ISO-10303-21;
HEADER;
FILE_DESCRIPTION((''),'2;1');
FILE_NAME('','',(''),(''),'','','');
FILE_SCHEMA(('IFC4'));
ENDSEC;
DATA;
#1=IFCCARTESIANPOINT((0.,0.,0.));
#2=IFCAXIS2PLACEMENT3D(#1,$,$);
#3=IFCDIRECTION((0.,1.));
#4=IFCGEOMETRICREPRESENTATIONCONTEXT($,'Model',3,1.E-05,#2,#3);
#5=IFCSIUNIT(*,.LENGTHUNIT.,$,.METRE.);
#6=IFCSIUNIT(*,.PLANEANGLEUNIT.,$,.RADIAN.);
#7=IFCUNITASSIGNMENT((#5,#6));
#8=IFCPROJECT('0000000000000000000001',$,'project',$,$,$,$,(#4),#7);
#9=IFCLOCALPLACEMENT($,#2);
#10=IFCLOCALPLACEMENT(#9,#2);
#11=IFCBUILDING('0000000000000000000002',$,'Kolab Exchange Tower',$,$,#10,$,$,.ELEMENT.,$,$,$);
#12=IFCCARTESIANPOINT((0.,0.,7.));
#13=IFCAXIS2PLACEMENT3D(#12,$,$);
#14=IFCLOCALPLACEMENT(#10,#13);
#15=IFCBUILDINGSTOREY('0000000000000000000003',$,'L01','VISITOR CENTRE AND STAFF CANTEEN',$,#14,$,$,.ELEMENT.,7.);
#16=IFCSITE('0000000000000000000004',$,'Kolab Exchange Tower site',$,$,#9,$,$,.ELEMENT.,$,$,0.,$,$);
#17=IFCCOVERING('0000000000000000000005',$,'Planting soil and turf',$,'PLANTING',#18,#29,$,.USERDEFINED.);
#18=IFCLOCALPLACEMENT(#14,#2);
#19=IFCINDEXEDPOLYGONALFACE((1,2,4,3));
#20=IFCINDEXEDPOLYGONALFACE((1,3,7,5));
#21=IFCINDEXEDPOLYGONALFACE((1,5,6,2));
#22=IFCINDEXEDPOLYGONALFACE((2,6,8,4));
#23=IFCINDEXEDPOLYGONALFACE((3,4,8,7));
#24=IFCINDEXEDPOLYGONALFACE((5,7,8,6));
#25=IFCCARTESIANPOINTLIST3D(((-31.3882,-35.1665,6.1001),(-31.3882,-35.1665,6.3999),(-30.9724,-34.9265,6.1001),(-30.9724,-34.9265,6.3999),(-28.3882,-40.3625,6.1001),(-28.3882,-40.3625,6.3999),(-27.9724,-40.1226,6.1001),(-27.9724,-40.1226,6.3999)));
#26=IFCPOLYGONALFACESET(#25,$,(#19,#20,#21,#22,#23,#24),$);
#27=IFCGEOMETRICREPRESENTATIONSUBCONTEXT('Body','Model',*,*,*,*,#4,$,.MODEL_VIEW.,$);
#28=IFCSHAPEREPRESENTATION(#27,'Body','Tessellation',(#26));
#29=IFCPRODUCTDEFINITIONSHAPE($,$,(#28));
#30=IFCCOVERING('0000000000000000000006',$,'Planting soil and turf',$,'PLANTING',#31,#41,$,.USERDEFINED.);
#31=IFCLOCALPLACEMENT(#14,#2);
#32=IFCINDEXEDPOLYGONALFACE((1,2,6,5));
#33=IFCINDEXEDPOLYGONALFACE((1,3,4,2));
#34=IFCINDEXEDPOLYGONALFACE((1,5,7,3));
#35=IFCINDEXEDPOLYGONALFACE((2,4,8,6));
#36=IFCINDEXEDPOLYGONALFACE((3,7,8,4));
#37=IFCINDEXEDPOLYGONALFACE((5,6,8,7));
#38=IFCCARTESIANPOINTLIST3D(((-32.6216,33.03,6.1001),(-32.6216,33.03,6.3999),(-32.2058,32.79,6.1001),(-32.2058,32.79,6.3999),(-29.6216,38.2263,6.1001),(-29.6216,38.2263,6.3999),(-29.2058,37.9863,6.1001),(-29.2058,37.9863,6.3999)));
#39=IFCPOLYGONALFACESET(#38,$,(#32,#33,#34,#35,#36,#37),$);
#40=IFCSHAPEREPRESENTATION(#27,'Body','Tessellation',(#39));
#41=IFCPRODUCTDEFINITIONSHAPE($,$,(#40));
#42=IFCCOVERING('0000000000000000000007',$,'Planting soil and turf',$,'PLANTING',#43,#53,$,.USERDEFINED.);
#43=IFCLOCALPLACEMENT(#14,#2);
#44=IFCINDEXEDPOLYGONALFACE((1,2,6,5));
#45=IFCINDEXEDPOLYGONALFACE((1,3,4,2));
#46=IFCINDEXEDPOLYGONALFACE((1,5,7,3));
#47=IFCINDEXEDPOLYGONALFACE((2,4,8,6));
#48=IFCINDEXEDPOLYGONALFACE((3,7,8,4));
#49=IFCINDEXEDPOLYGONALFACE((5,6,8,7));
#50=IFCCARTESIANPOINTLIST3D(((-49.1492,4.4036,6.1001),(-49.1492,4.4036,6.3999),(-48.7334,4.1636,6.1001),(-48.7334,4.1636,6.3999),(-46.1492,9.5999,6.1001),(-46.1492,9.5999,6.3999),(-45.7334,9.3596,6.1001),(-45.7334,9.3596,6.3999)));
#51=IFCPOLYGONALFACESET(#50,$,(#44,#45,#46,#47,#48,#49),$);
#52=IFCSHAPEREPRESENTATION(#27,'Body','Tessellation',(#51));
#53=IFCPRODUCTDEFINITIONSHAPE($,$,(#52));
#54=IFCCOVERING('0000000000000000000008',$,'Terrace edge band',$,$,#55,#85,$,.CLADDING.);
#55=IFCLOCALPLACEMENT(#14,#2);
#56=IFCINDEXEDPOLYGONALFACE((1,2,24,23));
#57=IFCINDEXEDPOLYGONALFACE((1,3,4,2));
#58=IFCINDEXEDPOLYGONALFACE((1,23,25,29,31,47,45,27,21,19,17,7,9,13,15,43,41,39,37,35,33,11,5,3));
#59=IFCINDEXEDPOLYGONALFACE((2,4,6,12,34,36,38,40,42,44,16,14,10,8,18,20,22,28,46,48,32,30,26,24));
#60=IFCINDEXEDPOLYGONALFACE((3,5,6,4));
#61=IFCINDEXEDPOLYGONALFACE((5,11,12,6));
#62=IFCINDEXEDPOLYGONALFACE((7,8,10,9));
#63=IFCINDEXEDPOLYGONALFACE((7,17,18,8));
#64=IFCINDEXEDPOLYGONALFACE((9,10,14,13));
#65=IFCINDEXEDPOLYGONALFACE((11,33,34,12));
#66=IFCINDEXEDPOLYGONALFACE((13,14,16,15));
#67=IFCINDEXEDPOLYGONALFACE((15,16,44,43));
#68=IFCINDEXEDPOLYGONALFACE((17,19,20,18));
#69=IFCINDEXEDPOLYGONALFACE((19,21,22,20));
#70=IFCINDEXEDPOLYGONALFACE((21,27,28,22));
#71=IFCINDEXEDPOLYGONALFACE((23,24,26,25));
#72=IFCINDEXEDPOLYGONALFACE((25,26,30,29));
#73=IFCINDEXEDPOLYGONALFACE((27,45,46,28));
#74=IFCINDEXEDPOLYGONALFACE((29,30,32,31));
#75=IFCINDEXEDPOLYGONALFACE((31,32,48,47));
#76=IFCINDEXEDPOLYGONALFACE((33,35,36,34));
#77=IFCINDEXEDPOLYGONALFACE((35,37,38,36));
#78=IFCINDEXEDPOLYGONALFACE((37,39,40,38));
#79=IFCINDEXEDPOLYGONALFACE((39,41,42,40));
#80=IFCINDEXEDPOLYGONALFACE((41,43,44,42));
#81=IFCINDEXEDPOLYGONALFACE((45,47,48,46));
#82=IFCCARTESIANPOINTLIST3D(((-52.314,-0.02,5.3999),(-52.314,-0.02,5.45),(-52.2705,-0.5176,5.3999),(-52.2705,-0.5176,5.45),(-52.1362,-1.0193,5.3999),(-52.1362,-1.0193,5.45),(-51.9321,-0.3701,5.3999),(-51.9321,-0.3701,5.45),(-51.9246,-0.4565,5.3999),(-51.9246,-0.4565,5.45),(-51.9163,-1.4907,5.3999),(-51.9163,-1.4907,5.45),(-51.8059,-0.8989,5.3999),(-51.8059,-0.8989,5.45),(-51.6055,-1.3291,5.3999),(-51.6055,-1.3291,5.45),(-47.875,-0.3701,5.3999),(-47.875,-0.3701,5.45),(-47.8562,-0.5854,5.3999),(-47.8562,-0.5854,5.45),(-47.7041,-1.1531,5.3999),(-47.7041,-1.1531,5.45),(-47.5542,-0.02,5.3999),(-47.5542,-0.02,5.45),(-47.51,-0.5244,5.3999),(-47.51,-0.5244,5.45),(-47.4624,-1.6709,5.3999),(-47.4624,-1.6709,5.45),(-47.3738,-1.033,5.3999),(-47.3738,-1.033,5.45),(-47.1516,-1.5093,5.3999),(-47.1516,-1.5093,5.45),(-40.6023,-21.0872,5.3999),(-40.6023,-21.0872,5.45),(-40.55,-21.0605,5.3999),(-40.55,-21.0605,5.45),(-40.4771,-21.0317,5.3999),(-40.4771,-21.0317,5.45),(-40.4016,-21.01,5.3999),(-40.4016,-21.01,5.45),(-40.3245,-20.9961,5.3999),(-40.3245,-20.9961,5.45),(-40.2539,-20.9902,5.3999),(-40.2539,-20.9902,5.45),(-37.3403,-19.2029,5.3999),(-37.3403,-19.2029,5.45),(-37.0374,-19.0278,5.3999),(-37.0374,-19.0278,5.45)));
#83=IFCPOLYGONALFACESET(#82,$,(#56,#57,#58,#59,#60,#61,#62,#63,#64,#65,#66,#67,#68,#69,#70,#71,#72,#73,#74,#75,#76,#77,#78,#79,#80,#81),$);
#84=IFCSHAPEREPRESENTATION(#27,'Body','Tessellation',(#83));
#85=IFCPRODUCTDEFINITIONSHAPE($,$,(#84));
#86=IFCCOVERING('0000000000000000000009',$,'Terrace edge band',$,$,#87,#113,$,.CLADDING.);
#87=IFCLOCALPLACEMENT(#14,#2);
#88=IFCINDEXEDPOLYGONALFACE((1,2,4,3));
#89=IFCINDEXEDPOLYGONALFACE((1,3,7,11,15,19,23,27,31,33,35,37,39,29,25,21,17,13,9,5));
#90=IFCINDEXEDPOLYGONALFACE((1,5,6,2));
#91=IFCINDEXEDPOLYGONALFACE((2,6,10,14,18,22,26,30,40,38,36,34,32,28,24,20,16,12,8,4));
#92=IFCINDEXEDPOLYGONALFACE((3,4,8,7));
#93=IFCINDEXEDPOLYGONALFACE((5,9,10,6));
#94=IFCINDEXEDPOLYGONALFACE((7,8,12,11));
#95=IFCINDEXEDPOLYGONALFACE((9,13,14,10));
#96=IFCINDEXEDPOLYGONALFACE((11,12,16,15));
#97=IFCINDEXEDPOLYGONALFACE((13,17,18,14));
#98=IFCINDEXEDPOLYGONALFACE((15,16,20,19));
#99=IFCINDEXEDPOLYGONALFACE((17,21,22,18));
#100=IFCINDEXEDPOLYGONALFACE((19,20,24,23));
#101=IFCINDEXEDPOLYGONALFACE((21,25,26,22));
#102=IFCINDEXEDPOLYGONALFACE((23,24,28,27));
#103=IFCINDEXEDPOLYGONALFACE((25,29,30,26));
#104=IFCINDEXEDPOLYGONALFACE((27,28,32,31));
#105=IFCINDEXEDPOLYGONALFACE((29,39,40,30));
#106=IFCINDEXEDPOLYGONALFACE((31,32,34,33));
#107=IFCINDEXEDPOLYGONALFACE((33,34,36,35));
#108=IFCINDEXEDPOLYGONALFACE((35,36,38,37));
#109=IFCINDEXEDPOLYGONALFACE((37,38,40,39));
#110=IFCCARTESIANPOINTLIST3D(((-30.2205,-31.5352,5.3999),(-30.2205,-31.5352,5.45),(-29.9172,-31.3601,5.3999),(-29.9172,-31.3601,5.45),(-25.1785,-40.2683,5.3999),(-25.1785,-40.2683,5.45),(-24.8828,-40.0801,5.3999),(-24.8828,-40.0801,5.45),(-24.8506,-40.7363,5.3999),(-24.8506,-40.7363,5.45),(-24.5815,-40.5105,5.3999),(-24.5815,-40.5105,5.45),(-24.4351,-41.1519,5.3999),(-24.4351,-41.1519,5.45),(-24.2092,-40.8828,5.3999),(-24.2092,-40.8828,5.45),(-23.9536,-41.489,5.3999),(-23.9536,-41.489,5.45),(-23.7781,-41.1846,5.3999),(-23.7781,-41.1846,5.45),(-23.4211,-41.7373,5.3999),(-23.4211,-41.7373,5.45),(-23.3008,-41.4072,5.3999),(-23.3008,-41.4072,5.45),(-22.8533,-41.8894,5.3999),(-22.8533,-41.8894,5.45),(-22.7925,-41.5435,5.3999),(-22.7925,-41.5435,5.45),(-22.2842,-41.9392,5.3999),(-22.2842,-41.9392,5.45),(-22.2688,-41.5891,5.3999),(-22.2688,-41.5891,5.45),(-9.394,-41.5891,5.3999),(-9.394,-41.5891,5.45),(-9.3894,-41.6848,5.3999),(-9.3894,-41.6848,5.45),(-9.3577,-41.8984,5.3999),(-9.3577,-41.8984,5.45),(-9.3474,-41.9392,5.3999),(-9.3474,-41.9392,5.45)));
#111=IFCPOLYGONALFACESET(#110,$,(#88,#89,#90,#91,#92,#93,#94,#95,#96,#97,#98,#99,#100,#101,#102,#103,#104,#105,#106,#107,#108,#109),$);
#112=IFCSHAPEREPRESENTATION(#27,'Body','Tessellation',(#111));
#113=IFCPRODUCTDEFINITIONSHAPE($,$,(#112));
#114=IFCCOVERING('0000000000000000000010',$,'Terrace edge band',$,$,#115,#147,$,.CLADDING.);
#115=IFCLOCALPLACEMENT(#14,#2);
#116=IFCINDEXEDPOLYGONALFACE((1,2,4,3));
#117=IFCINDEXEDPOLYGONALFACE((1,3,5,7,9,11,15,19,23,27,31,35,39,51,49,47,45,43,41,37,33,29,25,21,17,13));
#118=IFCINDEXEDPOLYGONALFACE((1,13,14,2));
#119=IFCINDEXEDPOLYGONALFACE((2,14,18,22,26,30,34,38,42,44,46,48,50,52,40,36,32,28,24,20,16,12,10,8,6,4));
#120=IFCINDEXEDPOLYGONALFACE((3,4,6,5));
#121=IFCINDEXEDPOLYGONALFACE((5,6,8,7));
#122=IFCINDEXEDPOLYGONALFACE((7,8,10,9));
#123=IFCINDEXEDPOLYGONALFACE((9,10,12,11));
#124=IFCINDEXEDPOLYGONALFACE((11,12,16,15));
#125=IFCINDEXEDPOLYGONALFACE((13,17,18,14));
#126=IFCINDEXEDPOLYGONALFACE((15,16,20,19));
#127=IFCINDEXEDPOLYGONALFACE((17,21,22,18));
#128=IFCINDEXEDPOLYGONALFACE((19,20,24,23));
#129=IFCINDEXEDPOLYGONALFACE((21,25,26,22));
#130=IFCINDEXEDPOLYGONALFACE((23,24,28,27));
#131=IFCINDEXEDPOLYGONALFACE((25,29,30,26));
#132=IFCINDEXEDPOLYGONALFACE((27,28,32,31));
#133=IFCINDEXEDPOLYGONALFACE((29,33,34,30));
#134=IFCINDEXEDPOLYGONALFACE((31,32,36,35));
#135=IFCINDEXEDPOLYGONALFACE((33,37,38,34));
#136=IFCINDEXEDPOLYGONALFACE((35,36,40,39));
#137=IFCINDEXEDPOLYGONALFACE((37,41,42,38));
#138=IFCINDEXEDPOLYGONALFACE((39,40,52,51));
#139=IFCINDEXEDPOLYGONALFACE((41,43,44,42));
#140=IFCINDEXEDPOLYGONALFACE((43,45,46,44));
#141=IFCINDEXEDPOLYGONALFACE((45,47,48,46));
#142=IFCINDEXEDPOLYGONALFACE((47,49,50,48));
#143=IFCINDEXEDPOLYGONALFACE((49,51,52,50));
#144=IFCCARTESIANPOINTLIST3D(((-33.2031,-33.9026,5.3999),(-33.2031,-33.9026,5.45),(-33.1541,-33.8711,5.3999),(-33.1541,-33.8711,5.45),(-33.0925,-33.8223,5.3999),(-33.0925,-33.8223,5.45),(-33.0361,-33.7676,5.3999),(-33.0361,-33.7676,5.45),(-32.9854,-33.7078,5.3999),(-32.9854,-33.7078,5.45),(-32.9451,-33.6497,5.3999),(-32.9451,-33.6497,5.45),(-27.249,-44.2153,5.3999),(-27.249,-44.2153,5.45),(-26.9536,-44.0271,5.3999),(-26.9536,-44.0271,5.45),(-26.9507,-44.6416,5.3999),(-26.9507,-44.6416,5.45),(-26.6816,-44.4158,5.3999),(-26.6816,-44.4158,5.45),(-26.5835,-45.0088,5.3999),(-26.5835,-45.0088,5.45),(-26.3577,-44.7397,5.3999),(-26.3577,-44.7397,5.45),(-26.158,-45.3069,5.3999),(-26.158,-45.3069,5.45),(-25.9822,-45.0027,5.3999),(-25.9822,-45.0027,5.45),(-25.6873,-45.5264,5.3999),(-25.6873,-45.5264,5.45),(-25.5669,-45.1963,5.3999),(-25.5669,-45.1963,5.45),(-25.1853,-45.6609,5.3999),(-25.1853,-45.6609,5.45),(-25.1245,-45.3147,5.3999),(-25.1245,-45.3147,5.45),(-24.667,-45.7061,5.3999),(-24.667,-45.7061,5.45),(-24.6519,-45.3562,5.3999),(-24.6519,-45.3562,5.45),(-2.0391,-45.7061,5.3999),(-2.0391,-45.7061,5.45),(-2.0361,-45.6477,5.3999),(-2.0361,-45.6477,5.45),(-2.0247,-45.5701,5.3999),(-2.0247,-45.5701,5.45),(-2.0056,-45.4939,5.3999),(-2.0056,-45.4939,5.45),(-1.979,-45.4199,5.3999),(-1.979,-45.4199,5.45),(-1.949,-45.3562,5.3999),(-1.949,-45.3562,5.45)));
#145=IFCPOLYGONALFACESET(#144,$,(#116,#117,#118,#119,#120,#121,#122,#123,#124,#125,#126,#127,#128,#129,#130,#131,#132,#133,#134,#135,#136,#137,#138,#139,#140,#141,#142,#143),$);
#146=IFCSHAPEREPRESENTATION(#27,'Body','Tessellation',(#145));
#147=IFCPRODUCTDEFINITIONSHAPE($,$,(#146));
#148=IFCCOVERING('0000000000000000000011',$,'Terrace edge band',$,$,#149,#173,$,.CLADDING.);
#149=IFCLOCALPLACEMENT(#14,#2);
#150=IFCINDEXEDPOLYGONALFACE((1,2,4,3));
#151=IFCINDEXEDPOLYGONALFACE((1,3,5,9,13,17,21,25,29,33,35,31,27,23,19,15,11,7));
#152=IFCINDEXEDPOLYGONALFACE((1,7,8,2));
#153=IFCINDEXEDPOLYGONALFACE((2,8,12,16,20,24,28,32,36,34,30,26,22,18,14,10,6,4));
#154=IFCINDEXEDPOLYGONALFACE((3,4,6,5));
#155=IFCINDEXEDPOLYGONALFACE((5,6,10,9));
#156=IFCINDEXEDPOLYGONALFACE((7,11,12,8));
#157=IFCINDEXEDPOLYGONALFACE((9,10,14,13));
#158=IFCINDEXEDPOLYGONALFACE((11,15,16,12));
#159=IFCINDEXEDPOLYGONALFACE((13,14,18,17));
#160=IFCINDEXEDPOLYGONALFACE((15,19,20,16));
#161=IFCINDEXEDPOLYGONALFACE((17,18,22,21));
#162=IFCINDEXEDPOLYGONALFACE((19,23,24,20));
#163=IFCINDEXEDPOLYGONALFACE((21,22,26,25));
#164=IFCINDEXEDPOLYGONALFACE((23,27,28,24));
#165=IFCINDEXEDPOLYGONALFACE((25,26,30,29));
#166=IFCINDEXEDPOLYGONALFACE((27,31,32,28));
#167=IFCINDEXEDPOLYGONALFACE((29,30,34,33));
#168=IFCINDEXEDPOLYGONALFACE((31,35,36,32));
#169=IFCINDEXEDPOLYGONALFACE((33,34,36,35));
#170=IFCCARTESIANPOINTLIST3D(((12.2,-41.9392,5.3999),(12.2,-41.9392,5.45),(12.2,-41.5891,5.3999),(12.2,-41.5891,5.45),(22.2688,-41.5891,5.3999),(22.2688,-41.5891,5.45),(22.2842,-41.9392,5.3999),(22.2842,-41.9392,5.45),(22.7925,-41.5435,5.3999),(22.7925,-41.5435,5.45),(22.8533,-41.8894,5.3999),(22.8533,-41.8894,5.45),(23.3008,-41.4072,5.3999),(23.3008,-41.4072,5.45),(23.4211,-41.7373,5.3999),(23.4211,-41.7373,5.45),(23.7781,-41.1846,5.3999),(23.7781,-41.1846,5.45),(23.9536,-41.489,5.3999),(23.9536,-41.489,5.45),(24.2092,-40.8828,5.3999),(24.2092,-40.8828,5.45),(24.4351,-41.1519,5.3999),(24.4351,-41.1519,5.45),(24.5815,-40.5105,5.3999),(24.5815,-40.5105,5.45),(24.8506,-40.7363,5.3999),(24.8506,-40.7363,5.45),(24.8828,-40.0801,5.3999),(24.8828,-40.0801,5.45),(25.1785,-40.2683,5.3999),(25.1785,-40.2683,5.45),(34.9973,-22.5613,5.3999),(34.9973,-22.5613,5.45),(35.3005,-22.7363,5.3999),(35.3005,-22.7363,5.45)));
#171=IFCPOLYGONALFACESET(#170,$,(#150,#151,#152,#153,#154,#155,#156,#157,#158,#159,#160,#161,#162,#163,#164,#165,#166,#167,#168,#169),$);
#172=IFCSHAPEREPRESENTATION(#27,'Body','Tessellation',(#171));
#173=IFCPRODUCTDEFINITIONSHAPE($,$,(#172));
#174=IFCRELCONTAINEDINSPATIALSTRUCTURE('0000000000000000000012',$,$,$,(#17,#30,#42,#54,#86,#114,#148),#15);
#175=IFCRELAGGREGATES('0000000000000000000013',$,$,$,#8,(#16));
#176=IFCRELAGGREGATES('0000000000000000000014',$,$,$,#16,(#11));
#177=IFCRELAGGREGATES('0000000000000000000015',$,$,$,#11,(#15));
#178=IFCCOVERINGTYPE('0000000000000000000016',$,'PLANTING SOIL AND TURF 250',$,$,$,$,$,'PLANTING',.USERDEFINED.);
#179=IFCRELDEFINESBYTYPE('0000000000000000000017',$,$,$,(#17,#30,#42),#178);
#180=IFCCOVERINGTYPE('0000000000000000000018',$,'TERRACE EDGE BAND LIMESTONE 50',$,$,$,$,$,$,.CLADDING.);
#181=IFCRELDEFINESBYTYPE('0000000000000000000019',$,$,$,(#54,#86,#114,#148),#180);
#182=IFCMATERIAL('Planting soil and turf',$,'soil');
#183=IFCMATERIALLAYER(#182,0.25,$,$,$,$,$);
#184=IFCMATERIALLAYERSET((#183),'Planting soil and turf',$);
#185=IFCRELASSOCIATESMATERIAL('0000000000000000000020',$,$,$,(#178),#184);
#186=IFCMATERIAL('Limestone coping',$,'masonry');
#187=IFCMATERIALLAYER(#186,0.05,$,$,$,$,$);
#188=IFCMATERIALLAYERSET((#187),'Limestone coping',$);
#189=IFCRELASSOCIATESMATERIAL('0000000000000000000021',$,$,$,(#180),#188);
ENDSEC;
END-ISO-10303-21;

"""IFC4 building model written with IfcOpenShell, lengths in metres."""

from ifc_helpers import new_model, si_unit, direction, frame, origin, place, context, subcontext, project, spatial, polyline, outline, extrude, material, layer, layer_set, type_object, element, save


model = new_model("IFC4")

# Units and contexts
model_context = context("Model", 3, precision=1e-05, world=origin(), true_north=direction((0.0, 1.0)))
body_context = subcontext(model_context, "Body", "Model", "MODEL_VIEW")
ifc_project = project(units=[si_unit("LENGTHUNIT", "METRE"), si_unit("PLANEANGLEUNIT", "RADIAN")], contexts=[model_context])

# Site, building, storey
site_placement = place(None, origin())
site = spatial("IfcSite", under=ifc_project, at=site_placement, Name="Kolab Exchange Tower site", CompositionType="ELEMENT", RefElevation=0.0)
building_placement = place(site_placement, origin())
building = spatial("IfcBuilding", under=site, at=building_placement, Name="Kolab Exchange Tower", CompositionType="ELEMENT")
storey_placement = place(building_placement, frame((0.0, 0.0, 7.0)))
storey = spatial("IfcBuildingStorey", under=building, at=storey_placement, Name="L01", Description="VISITOR CENTRE AND STAFF CANTEEN", CompositionType="ELEMENT", Elevation=7.0)

# Coverings
ifc_material_1 = material(Name="Planting soil and turf", Category="soil")
ifc_layer_1 = layer(ifc_material_1, 0.25)
ifc_layer_set_1 = layer_set([ifc_layer_1], Name="Planting soil and turf")
covering_type_1 = type_object("IfcCoveringType", Name="PLANTING SOIL AND TURF 250", ElementType="PLANTING", PredefinedType="USERDEFINED", material=ifc_layer_set_1)
covering_1_placement = place(storey_placement, frame((0.0, 0.0, 6.1001)))
element("IfcCovering", 1, at=covering_1_placement, inside=storey, type_object=covering_type_1, Name="Planting soil and turf", ObjectType="PLANTING", PredefinedType="USERDEFINED", context=body_context, shape_type="SweptSolid", body=[
    extrude(outline(polyline([(-31.3882, -35.1665), (-30.9724, -34.9265), (-27.9724, -40.1226), (-28.3882, -40.3625), (-31.3882, -35.1665)])), origin(), (0.0, 0.0, 1.0), 0.2998),
])
covering_2_placement = place(storey_placement, frame((0.0, 0.0, 6.1001)))
element("IfcCovering", 2, at=covering_2_placement, inside=storey, type_object=covering_type_1, Name="Planting soil and turf", ObjectType="PLANTING", PredefinedType="USERDEFINED", context=body_context, shape_type="SweptSolid", body=[
    extrude(outline(polyline([(-29.6216, 38.2263), (-29.2058, 37.9863), (-32.2058, 32.79), (-32.6216, 33.03), (-29.6216, 38.2263)])), origin(), (0.0, 0.0, 1.0), 0.2998),
])
covering_3_placement = place(storey_placement, frame((0.0, 0.0, 6.1001)))
element("IfcCovering", 3, at=covering_3_placement, inside=storey, type_object=covering_type_1, Name="Planting soil and turf", ObjectType="PLANTING", PredefinedType="USERDEFINED", context=body_context, shape_type="SweptSolid", body=[
    extrude(outline(polyline([(-46.1492, 9.5999), (-45.7334, 9.3596), (-48.7334, 4.1636), (-49.1492, 4.4036), (-46.1492, 9.5999)])), origin(), (0.0, 0.0, 1.0), 0.2998),
])
ifc_material_2 = material(Name="Limestone coping", Category="masonry")
ifc_layer_2 = layer(ifc_material_2, 0.05)
ifc_layer_set_2 = layer_set([ifc_layer_2], Name="Limestone coping")
covering_type_2 = type_object("IfcCoveringType", Name="TERRACE EDGE BAND LIMESTONE 50", PredefinedType="CLADDING", material=ifc_layer_set_2)
covering_4_placement = place(storey_placement, frame((0.0, 0.0, 5.3999)))
element("IfcCovering", 4, at=covering_4_placement, inside=storey, type_object=covering_type_2, Name="Terrace edge band", PredefinedType="CLADDING", context=body_context, shape_type="SweptSolid", body=[
    extrude(outline(polyline([(-51.9163, -1.4907), (-52.1362, -1.0193), (-52.2705, -0.5176), (-52.314, -0.02), (-47.5542, -0.02), (-47.51, -0.5244), (-47.3738, -1.033), (-47.1516, -1.5093), (-37.0374, -19.0278), (-37.3403, -19.2029), (-47.4624, -1.6709), (-47.7041, -1.1531), (-47.8562, -0.5854), (-47.875, -0.3701), (-51.9321, -0.3701), (-51.9246, -0.4565), (-51.8059, -0.8989), (-51.6055, -1.3291), (-40.2539, -20.9902), (-40.3245, -20.9961), (-40.4016, -21.01), (-40.4771, -21.0317), (-40.55, -21.0605), (-40.6023, -21.0872), (-51.9163, -1.4907)])), origin(), (0.0, 0.0, 1.0), 0.05),
])
covering_5_placement = place(storey_placement, frame((0.0, 0.0, 5.3999)))
element("IfcCovering", 5, at=covering_5_placement, inside=storey, type_object=covering_type_2, Name="Terrace edge band", PredefinedType="CLADDING", context=body_context, shape_type="SweptSolid", body=[
    extrude(outline(polyline([(-24.8828, -40.0801), (-24.5815, -40.5105), (-24.2092, -40.8828), (-23.7781, -41.1846), (-23.3008, -41.4072), (-22.7925, -41.5435), (-22.2688, -41.5891), (-9.394, -41.5891), (-9.3894, -41.6848), (-9.3577, -41.8984), (-9.3474, -41.9392), (-22.2842, -41.9392), (-22.8533, -41.8894), (-23.4211, -41.7373), (-23.9536, -41.489), (-24.4351, -41.1519), (-24.8506, -40.7363), (-25.1785, -40.2683), (-30.2205, -31.5352), (-29.9172, -31.3601), (-24.8828, -40.0801)])), origin(), (0.0, 0.0, 1.0), 0.05),
])
covering_6_placement = place(storey_placement, frame((0.0, 0.0, 5.3999)))
element("IfcCovering", 6, at=covering_6_placement, inside=storey, type_object=covering_type_2, Name="Terrace edge band", PredefinedType="CLADDING", context=body_context, shape_type="SweptSolid", body=[
    extrude(outline(polyline([(-24.667, -45.7061), (-25.1853, -45.6609), (-25.6873, -45.5264), (-26.158, -45.3069), (-26.5835, -45.0088), (-26.9507, -44.6416), (-27.249, -44.2153), (-33.2031, -33.9026), (-33.1541, -33.8711), (-33.0925, -33.8223), (-33.0361, -33.7676), (-32.9854, -33.7078), (-32.9451, -33.6497), (-26.9536, -44.0271), (-26.6816, -44.4158), (-26.3577, -44.7397), (-25.9822, -45.0027), (-25.5669, -45.1963), (-25.1245, -45.3147), (-24.6519, -45.3562), (-1.949, -45.3562), (-1.979, -45.4199), (-2.0056, -45.4939), (-2.0247, -45.5701), (-2.0361, -45.6477), (-2.0391, -45.7061), (-24.667, -45.7061)])), origin(), (0.0, 0.0, 1.0), 0.05),
])
covering_7_placement = place(storey_placement, frame((0.0, 0.0, 5.3999)))
element("IfcCovering", 7, at=covering_7_placement, inside=storey, type_object=covering_type_2, Name="Terrace edge band", PredefinedType="CLADDING", context=body_context, shape_type="SweptSolid", body=[
    extrude(outline(polyline([(22.2688, -41.5891), (22.7925, -41.5435), (23.3008, -41.4072), (23.7781, -41.1846), (24.2092, -40.8828), (24.5815, -40.5105), (24.8828, -40.0801), (34.9973, -22.5613), (35.3005, -22.7363), (25.1785, -40.2683), (24.8506, -40.7363), (24.4351, -41.1519), (23.9536, -41.489), (23.4211, -41.7373), (22.8533, -41.8894), (22.2842, -41.9392), (12.2, -41.9392), (12.2, -41.5891), (22.2688, -41.5891)])), origin(), (0.0, 0.0, 1.0), 0.05),
])

save(model, "model.ifc")
